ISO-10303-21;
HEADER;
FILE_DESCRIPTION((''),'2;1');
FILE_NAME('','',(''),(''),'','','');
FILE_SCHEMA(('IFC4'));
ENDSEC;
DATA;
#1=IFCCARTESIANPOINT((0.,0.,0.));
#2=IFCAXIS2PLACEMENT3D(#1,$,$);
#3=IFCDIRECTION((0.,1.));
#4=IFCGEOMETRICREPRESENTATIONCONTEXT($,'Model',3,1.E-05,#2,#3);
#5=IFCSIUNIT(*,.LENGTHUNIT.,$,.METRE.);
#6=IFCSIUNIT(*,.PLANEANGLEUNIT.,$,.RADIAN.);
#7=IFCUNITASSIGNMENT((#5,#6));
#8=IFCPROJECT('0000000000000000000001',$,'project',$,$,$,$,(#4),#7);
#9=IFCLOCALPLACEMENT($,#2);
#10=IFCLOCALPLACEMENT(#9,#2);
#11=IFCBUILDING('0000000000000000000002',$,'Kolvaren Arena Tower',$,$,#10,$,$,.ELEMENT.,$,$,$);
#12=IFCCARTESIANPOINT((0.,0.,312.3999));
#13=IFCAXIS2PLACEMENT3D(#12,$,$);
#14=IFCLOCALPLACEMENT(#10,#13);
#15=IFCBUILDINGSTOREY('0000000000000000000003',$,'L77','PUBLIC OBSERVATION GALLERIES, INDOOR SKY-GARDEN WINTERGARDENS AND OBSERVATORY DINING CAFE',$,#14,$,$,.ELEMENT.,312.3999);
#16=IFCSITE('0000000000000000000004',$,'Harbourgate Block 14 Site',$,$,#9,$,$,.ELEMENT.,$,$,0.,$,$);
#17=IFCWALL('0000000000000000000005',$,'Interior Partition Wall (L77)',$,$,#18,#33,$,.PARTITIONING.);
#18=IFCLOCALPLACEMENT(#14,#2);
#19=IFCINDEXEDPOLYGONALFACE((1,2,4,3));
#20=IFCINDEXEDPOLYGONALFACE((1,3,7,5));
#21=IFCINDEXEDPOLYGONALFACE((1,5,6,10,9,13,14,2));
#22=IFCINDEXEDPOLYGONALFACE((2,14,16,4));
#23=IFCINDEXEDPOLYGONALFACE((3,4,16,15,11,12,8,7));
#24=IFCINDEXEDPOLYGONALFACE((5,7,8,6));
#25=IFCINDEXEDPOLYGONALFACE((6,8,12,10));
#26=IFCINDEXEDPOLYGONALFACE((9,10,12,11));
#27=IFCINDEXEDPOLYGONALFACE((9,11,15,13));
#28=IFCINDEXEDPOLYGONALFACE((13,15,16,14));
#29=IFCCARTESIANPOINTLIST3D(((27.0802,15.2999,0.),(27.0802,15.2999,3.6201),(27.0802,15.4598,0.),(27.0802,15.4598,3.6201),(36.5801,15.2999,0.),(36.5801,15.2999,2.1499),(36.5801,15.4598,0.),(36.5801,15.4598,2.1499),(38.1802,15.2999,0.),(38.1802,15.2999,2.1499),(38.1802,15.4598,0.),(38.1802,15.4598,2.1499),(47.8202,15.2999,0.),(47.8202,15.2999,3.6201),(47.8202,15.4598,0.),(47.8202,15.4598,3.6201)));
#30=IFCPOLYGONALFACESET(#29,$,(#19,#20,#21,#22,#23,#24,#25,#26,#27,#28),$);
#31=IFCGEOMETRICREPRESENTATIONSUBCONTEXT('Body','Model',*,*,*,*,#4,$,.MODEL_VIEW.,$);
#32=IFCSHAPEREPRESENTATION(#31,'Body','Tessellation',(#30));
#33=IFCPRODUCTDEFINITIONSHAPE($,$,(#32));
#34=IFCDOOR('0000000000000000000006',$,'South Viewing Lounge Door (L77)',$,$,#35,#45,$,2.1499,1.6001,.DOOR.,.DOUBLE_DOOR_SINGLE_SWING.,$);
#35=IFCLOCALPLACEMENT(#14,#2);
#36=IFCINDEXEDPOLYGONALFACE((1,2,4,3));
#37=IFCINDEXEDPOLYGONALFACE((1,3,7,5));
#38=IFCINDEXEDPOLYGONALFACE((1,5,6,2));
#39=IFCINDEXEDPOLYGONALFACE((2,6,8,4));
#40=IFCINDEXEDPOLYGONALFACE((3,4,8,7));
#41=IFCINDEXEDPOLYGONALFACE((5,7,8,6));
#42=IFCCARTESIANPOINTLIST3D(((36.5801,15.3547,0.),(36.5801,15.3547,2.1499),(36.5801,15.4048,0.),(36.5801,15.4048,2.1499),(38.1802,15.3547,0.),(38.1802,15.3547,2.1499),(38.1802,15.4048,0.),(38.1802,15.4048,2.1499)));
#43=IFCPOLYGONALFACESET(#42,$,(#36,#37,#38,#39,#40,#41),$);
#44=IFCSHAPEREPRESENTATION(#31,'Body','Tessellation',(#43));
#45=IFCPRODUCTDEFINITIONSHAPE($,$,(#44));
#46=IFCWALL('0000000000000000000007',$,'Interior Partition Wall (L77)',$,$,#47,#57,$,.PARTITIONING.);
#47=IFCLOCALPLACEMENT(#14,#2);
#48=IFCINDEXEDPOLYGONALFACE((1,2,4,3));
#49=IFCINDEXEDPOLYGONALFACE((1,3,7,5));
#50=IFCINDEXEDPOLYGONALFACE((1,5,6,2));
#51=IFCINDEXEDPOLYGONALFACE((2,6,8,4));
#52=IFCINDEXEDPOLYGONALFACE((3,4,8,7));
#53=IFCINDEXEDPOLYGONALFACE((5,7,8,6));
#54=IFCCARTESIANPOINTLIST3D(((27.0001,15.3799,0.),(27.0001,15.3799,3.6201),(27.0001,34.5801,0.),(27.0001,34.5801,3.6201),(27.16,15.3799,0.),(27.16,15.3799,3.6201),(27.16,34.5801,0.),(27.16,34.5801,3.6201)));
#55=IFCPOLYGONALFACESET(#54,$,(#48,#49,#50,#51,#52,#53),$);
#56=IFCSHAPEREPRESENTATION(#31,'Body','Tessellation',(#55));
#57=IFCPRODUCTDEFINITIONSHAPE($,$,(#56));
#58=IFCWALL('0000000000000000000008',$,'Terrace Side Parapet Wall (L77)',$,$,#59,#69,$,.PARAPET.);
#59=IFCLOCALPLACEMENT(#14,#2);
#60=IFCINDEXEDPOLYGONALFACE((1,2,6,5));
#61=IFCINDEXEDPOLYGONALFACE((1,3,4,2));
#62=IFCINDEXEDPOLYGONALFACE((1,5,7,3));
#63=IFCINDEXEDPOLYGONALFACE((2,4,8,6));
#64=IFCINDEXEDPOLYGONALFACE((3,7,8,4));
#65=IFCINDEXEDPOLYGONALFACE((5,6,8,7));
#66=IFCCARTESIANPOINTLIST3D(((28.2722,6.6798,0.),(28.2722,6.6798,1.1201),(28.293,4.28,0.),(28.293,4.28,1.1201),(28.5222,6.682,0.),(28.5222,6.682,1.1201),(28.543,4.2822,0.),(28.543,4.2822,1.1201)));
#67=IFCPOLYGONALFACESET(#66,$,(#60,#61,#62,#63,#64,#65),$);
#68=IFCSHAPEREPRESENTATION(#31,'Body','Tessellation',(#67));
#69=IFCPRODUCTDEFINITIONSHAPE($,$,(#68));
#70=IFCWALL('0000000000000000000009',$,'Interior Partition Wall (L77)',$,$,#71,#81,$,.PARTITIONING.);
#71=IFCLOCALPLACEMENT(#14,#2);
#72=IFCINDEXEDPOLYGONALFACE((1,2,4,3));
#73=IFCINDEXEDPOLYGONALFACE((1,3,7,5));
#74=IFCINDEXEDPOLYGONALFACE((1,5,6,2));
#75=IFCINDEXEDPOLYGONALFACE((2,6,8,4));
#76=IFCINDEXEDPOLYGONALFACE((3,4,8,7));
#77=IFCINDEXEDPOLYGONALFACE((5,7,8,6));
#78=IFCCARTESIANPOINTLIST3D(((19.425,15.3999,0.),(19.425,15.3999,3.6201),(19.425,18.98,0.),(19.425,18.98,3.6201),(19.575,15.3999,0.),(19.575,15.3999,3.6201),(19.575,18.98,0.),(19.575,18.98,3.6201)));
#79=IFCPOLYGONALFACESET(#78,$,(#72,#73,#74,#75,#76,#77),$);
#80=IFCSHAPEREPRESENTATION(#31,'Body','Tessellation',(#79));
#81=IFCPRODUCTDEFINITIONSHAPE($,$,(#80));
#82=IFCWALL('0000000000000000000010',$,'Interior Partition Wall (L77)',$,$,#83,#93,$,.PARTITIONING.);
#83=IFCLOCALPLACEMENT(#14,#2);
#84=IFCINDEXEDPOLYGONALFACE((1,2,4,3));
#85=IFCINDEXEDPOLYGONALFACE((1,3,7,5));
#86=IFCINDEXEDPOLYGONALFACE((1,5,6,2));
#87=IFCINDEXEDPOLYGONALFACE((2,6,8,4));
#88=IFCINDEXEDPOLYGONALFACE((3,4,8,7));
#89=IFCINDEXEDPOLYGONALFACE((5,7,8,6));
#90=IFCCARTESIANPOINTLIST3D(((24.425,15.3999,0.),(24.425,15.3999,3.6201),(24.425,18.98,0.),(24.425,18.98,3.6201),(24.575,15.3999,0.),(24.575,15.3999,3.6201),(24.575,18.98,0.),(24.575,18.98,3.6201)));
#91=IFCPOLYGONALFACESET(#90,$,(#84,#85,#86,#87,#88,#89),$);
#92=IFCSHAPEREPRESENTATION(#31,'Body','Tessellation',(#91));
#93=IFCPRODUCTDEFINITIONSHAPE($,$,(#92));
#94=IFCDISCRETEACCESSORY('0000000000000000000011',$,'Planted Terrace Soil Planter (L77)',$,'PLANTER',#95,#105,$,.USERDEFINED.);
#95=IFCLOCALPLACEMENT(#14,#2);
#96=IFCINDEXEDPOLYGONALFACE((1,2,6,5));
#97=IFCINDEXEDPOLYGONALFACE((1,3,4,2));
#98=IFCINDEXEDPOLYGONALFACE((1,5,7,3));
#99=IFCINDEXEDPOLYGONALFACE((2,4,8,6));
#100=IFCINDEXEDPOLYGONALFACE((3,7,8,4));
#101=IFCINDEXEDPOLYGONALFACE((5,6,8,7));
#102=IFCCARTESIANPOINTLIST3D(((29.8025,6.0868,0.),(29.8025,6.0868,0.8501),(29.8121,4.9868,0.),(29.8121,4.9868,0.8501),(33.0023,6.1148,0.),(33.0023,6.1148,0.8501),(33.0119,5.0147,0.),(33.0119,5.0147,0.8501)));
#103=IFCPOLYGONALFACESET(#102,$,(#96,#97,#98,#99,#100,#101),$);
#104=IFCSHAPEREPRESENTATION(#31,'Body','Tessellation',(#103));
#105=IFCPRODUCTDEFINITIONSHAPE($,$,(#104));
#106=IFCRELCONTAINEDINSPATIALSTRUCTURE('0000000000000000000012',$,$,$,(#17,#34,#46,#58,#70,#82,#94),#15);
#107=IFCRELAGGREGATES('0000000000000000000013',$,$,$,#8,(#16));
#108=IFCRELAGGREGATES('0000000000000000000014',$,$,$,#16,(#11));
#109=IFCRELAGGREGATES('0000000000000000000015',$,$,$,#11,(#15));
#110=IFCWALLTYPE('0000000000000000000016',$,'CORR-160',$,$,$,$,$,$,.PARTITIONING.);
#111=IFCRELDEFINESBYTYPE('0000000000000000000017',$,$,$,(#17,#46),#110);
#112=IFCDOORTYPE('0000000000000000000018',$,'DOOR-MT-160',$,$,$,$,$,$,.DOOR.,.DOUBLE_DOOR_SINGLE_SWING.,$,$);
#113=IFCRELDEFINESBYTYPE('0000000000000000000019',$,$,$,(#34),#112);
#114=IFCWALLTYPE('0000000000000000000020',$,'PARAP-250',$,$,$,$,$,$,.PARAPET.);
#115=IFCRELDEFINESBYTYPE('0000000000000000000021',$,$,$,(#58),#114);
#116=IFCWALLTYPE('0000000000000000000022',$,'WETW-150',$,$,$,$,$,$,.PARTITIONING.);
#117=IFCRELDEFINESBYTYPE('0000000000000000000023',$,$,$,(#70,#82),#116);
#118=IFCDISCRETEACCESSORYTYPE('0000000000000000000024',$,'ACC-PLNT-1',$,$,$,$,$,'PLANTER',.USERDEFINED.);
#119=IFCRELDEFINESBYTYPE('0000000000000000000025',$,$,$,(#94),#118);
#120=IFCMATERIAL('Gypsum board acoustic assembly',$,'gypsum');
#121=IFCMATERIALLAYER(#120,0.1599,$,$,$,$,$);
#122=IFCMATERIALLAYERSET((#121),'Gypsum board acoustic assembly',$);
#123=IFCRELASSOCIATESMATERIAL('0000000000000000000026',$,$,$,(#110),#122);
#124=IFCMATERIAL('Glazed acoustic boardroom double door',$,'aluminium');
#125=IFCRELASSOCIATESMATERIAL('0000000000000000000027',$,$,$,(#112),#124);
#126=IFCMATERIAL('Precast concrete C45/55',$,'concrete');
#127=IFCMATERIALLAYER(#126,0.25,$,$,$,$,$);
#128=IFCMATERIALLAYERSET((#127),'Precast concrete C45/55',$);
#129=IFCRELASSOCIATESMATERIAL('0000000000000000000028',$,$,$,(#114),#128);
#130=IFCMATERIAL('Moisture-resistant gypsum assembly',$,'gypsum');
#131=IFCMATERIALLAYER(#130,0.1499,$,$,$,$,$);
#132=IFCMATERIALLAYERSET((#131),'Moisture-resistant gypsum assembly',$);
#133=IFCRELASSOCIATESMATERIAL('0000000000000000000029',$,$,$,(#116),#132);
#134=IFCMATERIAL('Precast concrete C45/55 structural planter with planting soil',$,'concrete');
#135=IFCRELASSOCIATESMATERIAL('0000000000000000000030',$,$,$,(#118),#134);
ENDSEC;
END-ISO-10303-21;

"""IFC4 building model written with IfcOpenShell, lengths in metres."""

from ifc_helpers import new_model, si_unit, direction, frame, frame_2d, origin, origin_2d, place, context, subcontext, project, spatial, rectangle, extrude, material, layer, layer_set, type_object, element, fill, save


model = new_model("IFC4")

# Units and contexts
model_context = context("Model", 3, precision=1e-05, world=origin(), true_north=direction((0.0, 1.0)))
body_context = subcontext(model_context, "Body", "Model", "MODEL_VIEW")
ifc_project = project(units=[si_unit("LENGTHUNIT", "METRE"), si_unit("PLANEANGLEUNIT", "RADIAN")], contexts=[model_context])

# Site, building, storey
site_placement = place(None, origin())
site = spatial("IfcSite", under=ifc_project, at=site_placement, Name="Harbourgate Block 14 Site", CompositionType="ELEMENT", RefElevation=0.0)
building_placement = place(site_placement, origin())
building = spatial("IfcBuilding", under=site, at=building_placement, Name="Kolvaren Arena Tower", CompositionType="ELEMENT")
storey_placement = place(building_placement, frame((0.0, 0.0, 312.3999)))
storey = spatial("IfcBuildingStorey", under=building, at=storey_placement, Name="L77", Description="PUBLIC OBSERVATION GALLERIES, INDOOR SKY-GARDEN WINTERGARDENS AND OBSERVATORY DINING CAFE", CompositionType="ELEMENT", Elevation=312.3999)

# Wall, opening, door
ifc_material_1 = material(Name="Gypsum board acoustic assembly", Category="gypsum")
ifc_layer_1 = layer(ifc_material_1, 0.1599)
ifc_layer_set_1 = layer_set([ifc_layer_1], Name="Gypsum board acoustic assembly")
wall_type_1 = type_object("IfcWallType", Name="CORR-160", PredefinedType="PARTITIONING", material=ifc_layer_set_1)
wall_1_placement = place(storey_placement, frame((27.0801, 15.3799, 0.0), z_axis=(0.0, 0.0, 1.0), x_axis=(1.0, 0.0, 0.0)))
wall_1 = element("IfcWall", 1, at=wall_1_placement, inside=storey, type_object=wall_type_1, Name="Interior Partition Wall (L77)", PredefinedType="PARTITIONING", context=body_context, shape_type="SweptSolid", body=[
    extrude(rectangle(XDim=20.74, YDim=0.1599, at=frame_2d((10.3701, 0.0))), origin(), (0.0, 0.0, 1.0), 3.6201),
])
opening_placement = place(wall_1_placement, frame((9.5, 0.0, 0.0)))
opening = element("IfcOpeningElement", 2, at=opening_placement, cuts=wall_1, PredefinedType="OPENING", context=body_context, shape_type="SweptSolid", body=[
    extrude(rectangle(XDim=1.6001, YDim=2.1499, at=frame_2d((0.8, 1.075))), frame((0.0, 0.0898, 0.0), z_axis=(0.0, -1.0, 0.0), x_axis=(1.0, 0.0, 0.0)), (0.0, 0.0, 1.0), 0.1799),
])
ifc_material_2 = material(Name="Glazed acoustic boardroom double door", Category="aluminium")
door_type = type_object("IfcDoorType", Name="DOOR-MT-160", OperationType="DOUBLE_DOOR_SINGLE_SWING", PredefinedType="DOOR", material=ifc_material_2)
door_placement = place(opening_placement, origin())
door = element("IfcDoor", 3, at=door_placement, inside=storey, type_object=door_type, Name="South Viewing Lounge Door (L77)", OperationType="DOUBLE_DOOR_SINGLE_SWING", OverallHeight=2.1499, OverallWidth=1.6001, PredefinedType="DOOR", context=body_context, shape_type="SweptSolid", body=[
    extrude(rectangle(XDim=1.6001, YDim=2.1499, at=frame_2d((0.8, 1.075))), frame((0.0, 0.0249, 0.0), z_axis=(0.0, -1.0, 0.0), x_axis=(1.0, 0.0, 0.0)), (0.0, 0.0, 1.0), 0.05),
])
fill(opening, door)

# Walls
wall_2_placement = place(storey_placement, frame((27.0801, 15.3799, 0.0), z_axis=(0.0, 0.0, 1.0), x_axis=(0.0, 1.0, 0.0)))
element("IfcWall", 4, at=wall_2_placement, inside=storey, type_object=wall_type_1, Name="Interior Partition Wall (L77)", PredefinedType="PARTITIONING", context=body_context, shape_type="SweptSolid", body=[
    extrude(rectangle(XDim=19.2002, YDim=0.1599, at=frame_2d((9.6001, 0.0))), origin(), (0.0, 0.0, 1.0), 3.6201),
])
ifc_material_3 = material(Name="Precast concrete C45/55", Category="concrete")
ifc_layer_2 = layer(ifc_material_3, 0.25)
ifc_layer_set_2 = layer_set([ifc_layer_2], Name="Precast concrete C45/55")
wall_type_2 = type_object("IfcWallType", Name="PARAP-250", PredefinedType="PARAPET", material=ifc_layer_set_2)
wall_3_placement = place(storey_placement, frame((28.3972, 6.6809, 0.0), z_axis=(0.0, 0.0, 1.0), x_axis=(0.008647, -0.999963, 0.0)))
element("IfcWall", 5, at=wall_3_placement, inside=storey, type_object=wall_type_2, Name="Terrace Side Parapet Wall (L77)", PredefinedType="PARAPET", context=body_context, shape_type="SweptSolid", body=[
    extrude(rectangle(XDim=2.3999, YDim=0.25, at=frame_2d((1.2, 0.0))), origin(), (0.0, 0.0, 1.0), 1.1201),
])
ifc_material_4 = material(Name="Moisture-resistant gypsum assembly", Category="gypsum")
ifc_layer_3 = layer(ifc_material_4, 0.1499)
ifc_layer_set_3 = layer_set([ifc_layer_3], Name="Moisture-resistant gypsum assembly")
wall_type_3 = type_object("IfcWallType", Name="WETW-150", PredefinedType="PARTITIONING", material=ifc_layer_set_3)
for number, where, z_axis, x_axis, name in (
    (6, (19.5, 15.3999, 0.0), (0.0, 0.0, 1.0), (0.0, 1.0, 0.0), "Interior Partition Wall (L77)"),
    (7, (24.5, 15.3999, 0.0), (0.0, 0.0, 1.0), (0.0, 1.0, 0.0), "Interior Partition Wall (L77)"),
):
    element("IfcWall", number, at=place(storey_placement, frame(where, z_axis=z_axis, x_axis=x_axis)), inside=storey, type_object=wall_type_3, Name=name, PredefinedType="PARTITIONING", context=body_context, shape_type="SweptSolid", body=[
        extrude(rectangle(XDim=3.5801, YDim=0.1499, at=frame_2d((1.79, 0.0))), origin(), (0.0, 0.0, 1.0), 3.6201),
    ])

# Discrete accessory
ifc_material_5 = material(Name="Precast concrete C45/55 structural planter with planting soil", Category="concrete")
discrete_accessory_type = type_object("IfcDiscreteAccessoryType", Name="ACC-PLNT-1", ElementType="PLANTER", PredefinedType="USERDEFINED", material=ifc_material_5)
discrete_accessory_placement = place(storey_placement, frame((31.4072, 5.5508, 0.0), z_axis=(0.0, 0.0, 1.0), x_axis=(0.999962, 0.008727, 0.0)))
element("IfcDiscreteAccessory", 8, at=discrete_accessory_placement, inside=storey, type_object=discrete_accessory_type, Name="Planted Terrace Soil Planter (L77)", ObjectType="PLANTER", PredefinedType="USERDEFINED", context=body_context, shape_type="SweptSolid", body=[
    extrude(rectangle(XDim=3.2, YDim=1.1001, at=origin_2d()), origin(), (0.0, 0.0, 1.0), 0.8501),
])

save(model, "model.ifc")
